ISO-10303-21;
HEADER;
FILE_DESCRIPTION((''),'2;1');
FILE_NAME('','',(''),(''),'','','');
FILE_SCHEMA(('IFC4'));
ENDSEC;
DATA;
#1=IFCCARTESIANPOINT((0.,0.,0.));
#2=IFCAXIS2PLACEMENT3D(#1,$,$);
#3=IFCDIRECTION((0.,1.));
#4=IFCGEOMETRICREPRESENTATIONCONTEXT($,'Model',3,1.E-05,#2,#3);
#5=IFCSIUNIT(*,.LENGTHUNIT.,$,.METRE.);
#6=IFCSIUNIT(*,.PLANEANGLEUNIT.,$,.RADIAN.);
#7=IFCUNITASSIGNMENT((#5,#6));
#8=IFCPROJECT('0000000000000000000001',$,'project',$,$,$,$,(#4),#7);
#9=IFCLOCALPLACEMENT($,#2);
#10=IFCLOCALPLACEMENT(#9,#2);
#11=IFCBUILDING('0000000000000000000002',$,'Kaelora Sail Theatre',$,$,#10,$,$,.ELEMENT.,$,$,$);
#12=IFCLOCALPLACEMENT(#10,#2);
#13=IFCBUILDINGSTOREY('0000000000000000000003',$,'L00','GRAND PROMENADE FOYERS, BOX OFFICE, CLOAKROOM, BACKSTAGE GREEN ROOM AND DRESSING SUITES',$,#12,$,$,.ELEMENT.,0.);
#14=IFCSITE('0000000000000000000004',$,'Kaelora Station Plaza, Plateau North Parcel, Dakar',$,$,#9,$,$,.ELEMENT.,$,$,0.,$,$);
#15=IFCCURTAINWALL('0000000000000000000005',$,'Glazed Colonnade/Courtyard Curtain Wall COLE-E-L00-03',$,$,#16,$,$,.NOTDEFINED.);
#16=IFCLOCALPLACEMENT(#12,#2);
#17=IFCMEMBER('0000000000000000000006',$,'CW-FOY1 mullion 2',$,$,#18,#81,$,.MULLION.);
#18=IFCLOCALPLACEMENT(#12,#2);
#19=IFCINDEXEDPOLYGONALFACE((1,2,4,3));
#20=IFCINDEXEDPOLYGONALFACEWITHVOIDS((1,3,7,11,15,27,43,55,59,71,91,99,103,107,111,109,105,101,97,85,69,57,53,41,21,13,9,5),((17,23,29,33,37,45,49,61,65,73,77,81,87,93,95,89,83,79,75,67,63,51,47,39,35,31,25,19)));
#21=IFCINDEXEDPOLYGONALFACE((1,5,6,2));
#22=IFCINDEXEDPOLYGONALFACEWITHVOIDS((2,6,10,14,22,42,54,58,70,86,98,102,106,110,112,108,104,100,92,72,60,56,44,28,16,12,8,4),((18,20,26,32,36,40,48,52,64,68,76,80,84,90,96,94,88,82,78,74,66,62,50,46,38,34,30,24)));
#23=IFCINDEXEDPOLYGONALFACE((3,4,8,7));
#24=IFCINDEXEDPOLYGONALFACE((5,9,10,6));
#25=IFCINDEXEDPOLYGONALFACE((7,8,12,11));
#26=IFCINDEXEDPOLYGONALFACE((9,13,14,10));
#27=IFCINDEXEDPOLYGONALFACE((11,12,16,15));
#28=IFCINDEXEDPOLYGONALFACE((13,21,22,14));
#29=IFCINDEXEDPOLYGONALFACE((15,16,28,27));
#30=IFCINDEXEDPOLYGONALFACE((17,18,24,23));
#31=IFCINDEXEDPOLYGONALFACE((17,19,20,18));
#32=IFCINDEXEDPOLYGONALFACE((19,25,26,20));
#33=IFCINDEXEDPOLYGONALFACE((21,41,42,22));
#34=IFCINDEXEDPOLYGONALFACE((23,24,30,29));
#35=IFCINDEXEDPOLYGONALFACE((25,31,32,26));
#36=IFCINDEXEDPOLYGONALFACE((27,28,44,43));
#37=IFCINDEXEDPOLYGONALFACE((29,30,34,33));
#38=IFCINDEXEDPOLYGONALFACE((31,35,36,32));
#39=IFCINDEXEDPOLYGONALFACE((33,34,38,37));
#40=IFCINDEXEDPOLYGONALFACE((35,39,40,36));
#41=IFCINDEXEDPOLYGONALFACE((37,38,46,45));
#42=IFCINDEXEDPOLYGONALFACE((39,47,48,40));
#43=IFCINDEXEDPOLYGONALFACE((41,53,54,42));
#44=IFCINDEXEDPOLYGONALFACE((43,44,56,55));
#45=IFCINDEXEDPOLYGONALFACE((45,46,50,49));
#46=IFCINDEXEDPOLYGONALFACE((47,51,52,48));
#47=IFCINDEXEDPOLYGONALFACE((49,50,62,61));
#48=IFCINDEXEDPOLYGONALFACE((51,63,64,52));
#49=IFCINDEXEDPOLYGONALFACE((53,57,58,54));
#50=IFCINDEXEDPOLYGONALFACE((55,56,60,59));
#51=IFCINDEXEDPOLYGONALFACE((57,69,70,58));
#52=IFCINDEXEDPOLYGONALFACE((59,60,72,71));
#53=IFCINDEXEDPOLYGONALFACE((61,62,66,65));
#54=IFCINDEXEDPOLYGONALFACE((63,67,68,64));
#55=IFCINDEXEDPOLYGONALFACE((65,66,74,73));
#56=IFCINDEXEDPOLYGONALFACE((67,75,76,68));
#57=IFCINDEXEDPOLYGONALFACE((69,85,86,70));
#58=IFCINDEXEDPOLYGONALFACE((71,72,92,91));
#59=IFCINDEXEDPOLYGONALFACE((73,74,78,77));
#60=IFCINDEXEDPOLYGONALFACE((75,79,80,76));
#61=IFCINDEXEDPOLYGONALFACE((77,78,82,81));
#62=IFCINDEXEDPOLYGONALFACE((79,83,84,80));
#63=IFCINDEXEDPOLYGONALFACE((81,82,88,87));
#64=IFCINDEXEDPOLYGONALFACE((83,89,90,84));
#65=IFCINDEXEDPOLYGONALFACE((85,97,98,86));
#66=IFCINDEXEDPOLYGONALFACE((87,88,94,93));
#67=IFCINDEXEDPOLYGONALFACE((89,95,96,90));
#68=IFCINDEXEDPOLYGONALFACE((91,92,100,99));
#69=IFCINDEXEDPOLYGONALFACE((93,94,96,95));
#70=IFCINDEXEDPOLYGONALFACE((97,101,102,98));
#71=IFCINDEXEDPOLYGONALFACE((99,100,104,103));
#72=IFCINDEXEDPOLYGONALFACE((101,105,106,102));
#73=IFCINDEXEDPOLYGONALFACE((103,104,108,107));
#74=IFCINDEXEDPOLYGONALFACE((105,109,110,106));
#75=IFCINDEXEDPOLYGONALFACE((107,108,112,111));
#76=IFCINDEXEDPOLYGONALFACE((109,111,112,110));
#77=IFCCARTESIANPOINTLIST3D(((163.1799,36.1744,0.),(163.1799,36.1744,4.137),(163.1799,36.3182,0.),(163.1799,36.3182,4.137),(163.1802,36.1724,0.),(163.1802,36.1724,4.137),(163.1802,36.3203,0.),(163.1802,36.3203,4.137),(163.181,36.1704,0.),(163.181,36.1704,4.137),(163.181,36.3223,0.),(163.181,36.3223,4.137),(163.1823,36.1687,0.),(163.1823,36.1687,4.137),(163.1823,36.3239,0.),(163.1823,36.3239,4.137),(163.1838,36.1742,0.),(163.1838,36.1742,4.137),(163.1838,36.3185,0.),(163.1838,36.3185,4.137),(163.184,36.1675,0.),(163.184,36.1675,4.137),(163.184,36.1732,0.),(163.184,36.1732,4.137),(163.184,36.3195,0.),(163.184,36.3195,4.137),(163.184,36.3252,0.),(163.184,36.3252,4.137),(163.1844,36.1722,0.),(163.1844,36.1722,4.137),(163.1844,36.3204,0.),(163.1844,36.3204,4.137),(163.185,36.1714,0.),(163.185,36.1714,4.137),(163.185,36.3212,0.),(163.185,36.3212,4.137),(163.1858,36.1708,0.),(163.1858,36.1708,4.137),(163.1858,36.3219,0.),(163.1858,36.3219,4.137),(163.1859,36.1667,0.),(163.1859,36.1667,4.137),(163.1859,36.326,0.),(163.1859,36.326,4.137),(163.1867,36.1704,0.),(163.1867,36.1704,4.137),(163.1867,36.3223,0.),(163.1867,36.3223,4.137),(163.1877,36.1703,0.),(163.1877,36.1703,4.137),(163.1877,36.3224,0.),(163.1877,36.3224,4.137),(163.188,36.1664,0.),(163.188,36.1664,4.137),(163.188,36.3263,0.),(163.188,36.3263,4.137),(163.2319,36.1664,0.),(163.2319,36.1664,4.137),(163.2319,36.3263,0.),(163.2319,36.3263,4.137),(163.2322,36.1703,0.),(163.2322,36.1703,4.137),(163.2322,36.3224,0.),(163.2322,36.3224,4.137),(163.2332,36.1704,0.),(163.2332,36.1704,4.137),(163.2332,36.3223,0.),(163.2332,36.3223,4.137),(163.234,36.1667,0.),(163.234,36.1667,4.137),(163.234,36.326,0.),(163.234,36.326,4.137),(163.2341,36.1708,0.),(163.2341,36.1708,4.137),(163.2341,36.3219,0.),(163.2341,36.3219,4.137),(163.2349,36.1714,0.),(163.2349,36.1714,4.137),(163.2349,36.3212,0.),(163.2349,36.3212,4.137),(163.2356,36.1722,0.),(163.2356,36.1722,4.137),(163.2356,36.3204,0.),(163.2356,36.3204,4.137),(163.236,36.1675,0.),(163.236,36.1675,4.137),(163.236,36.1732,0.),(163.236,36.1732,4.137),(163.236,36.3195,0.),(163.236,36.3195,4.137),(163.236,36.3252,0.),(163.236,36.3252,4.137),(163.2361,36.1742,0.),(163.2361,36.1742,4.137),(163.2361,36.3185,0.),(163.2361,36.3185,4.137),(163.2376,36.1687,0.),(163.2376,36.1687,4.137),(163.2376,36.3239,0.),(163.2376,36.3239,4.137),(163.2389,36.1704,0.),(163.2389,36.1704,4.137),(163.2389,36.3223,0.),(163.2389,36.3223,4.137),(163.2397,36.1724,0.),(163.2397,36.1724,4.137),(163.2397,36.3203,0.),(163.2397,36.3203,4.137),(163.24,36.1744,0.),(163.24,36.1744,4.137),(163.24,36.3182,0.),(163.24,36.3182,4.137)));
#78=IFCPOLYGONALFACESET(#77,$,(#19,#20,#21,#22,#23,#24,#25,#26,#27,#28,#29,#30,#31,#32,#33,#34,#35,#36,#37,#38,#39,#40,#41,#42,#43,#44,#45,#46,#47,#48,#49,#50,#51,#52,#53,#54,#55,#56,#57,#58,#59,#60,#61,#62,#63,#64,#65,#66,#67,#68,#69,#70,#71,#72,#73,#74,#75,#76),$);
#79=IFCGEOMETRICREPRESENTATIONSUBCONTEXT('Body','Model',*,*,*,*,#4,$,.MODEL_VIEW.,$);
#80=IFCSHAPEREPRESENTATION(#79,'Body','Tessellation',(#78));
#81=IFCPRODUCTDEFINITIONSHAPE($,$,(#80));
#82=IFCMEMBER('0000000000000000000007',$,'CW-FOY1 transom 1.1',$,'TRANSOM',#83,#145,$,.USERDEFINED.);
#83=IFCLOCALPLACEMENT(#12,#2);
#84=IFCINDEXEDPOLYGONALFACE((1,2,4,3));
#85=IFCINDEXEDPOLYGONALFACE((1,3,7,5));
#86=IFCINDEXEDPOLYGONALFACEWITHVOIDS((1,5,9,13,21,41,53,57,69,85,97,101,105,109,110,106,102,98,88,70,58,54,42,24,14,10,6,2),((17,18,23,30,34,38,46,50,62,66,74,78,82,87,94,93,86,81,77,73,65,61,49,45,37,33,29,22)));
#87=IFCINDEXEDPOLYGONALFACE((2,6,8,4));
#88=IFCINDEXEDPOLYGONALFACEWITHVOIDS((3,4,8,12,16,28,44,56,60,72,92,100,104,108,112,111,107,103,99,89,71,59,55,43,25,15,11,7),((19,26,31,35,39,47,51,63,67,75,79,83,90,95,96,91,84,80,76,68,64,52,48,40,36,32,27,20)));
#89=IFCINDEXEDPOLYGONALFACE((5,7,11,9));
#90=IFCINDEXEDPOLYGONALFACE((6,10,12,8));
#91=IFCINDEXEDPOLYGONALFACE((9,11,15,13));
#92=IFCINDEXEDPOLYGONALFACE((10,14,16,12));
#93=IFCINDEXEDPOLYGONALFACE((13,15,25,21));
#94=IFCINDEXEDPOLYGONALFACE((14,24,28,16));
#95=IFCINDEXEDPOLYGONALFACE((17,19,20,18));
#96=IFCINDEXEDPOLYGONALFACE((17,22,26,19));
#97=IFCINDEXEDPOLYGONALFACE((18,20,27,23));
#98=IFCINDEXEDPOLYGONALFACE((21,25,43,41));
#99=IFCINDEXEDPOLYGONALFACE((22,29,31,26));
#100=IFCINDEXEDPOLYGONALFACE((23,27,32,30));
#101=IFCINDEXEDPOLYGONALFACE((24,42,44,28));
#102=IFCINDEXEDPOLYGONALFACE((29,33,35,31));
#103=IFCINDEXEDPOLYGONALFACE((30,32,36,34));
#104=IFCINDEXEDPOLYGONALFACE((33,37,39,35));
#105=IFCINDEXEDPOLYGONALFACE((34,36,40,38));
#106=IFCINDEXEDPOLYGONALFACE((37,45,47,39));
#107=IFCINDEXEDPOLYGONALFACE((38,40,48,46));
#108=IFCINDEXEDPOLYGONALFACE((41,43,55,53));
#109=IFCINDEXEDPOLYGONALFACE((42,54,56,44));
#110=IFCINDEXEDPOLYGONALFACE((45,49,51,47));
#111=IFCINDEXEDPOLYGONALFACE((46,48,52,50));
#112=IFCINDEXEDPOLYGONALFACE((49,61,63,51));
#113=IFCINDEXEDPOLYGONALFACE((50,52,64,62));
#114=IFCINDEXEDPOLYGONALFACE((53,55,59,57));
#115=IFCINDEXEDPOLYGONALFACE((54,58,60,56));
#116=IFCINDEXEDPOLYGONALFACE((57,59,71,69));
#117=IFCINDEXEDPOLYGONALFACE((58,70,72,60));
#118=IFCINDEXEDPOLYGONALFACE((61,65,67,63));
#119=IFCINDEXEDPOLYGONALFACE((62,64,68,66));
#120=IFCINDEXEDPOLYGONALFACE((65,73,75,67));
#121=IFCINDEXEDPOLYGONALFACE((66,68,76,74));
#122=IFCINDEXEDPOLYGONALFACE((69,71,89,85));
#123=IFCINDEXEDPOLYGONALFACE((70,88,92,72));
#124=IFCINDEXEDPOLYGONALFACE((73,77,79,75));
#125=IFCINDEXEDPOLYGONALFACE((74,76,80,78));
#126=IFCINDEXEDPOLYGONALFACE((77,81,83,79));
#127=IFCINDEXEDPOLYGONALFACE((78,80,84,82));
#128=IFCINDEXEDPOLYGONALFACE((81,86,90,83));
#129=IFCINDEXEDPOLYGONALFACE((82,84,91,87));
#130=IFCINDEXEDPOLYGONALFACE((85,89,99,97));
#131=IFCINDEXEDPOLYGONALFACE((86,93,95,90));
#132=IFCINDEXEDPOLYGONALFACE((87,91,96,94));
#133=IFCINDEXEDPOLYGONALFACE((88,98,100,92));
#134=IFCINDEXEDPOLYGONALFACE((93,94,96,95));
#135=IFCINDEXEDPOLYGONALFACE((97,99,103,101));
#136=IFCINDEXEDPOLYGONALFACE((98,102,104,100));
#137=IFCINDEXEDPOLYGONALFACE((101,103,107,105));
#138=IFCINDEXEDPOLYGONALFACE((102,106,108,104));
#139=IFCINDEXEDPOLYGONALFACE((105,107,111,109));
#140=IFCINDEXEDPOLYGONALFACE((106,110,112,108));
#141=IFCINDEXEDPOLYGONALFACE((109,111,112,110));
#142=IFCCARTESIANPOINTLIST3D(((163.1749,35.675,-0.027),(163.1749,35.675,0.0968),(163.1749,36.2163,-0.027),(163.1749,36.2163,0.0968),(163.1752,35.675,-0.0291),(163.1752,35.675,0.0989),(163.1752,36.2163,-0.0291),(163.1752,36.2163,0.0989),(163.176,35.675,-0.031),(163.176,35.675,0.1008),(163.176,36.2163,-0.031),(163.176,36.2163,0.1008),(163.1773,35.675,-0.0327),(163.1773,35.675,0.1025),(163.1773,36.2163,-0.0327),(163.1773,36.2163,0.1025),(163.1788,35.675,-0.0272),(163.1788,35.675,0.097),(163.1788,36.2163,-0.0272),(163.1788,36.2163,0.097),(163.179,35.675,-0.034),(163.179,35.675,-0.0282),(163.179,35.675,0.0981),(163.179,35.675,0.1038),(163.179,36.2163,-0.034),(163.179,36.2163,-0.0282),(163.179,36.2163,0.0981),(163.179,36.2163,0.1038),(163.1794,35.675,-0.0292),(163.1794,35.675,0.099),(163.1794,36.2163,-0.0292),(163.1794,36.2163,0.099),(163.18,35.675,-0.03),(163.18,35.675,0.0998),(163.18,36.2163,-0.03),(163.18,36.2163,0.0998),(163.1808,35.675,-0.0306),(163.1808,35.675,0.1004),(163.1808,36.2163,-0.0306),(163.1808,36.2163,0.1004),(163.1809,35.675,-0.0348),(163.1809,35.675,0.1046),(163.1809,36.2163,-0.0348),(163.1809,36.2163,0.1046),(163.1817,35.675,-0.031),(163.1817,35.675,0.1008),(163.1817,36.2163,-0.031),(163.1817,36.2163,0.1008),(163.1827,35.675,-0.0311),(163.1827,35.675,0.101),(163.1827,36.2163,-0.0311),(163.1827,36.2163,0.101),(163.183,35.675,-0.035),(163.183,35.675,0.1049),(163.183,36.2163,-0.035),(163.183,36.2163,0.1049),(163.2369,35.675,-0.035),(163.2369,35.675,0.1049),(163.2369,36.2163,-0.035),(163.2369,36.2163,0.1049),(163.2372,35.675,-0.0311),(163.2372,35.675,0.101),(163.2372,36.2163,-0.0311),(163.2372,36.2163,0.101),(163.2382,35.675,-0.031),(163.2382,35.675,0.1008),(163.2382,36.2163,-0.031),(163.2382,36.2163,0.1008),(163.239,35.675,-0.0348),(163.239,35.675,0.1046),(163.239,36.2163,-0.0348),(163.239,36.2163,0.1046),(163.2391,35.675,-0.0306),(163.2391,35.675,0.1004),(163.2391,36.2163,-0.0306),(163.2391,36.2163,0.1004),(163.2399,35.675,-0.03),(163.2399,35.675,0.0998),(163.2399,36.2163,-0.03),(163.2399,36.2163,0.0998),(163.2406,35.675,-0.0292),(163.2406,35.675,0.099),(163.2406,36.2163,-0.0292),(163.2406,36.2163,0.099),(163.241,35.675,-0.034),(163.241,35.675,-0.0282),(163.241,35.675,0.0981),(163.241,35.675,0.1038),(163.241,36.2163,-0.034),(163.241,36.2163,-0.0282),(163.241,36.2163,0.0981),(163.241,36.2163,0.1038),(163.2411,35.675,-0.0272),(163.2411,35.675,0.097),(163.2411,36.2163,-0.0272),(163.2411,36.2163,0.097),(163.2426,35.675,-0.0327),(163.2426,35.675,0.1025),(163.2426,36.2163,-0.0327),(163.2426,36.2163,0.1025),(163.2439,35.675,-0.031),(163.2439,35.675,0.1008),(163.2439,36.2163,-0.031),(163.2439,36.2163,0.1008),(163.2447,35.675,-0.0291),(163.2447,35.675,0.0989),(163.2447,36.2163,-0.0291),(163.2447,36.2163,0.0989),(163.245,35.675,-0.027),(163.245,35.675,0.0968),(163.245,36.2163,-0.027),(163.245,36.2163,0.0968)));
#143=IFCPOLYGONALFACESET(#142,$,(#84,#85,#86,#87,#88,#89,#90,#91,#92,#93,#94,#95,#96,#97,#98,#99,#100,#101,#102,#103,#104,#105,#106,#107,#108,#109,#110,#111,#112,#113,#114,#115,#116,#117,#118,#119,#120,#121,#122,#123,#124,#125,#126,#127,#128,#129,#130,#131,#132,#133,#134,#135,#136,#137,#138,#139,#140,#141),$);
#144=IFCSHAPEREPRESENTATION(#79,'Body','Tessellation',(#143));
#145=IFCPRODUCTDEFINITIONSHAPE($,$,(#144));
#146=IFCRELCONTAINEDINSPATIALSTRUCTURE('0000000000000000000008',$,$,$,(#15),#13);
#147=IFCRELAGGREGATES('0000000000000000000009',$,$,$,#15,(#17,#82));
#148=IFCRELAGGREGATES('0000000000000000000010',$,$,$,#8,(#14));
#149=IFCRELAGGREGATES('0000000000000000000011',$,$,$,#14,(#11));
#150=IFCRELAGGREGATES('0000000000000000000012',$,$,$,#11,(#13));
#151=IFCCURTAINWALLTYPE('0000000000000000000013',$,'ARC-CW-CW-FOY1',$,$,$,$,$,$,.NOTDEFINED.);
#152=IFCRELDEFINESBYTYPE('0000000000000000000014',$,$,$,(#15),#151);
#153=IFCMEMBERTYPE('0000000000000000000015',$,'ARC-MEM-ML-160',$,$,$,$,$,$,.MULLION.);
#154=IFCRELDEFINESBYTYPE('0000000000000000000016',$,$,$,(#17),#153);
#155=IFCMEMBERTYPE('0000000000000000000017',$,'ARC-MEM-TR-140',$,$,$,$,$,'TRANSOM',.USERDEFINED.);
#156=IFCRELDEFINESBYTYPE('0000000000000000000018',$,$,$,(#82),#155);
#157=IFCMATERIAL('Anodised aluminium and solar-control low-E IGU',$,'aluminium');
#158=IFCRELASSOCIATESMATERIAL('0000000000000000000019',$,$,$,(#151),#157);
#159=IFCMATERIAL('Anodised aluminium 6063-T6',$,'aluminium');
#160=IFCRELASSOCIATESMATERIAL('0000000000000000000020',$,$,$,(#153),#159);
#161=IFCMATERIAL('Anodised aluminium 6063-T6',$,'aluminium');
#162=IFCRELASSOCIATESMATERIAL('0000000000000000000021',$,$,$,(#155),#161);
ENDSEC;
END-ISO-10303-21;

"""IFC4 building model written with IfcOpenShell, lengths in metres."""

from ifc_helpers import new_model, si_unit, direction, frame, origin, origin_2d, place, context, subcontext, project, spatial, hollow_rectangle, extrude, material, material_profile, profile_set, type_object, element, aggregate, save


model = new_model("IFC4")

# Units and contexts
model_context = context("Model", 3, precision=1e-05, world=origin(), true_north=direction((0.0, 1.0)))
body_context = subcontext(model_context, "Body", "Model", "MODEL_VIEW")
ifc_project = project(units=[si_unit("LENGTHUNIT", "METRE"), si_unit("PLANEANGLEUNIT", "RADIAN")], contexts=[model_context])

# Site, building, storey
site_placement = place(None, origin())
site = spatial("IfcSite", under=ifc_project, at=site_placement, Name="Kaelora Station Plaza, Plateau North Parcel, Dakar", CompositionType="ELEMENT", RefElevation=0.0)
building_placement = place(site_placement, origin())
building = spatial("IfcBuilding", under=site, at=building_placement, Name="Kaelora Sail Theatre", CompositionType="ELEMENT")
storey_placement = place(building_placement, origin())
storey = spatial("IfcBuildingStorey", under=building, at=storey_placement, Name="L00", Description="GRAND PROMENADE FOYERS, BOX OFFICE, CLOAKROOM, BACKSTAGE GREEN ROOM AND DRESSING SUITES", CompositionType="ELEMENT", Elevation=0.0)

# Shared definitions
ifc_material_1 = material(Name="Anodised aluminium and solar-control low-E IGU", Category="aluminium")
curtain_wall_type = type_object("IfcCurtainWallType", Name="ARC-CW-CW-FOY1", PredefinedType="NOTDEFINED", material=ifc_material_1)
ifc_material_2 = material(Name="Anodised aluminium 6063-T6", Category="aluminium")
ifc_material_profile_1 = material_profile(ifc_material_2, hollow_rectangle(XDim=0.0601, YDim=0.1599, WallThickness=0.0039, InnerFilletRadius=0.0039, OuterFilletRadius=0.0081, at=origin_2d()), Name="ALU-MULL 60x160x4")
ifc_profile_set_1 = profile_set([ifc_material_profile_1], Name="Anodised aluminium 6063-T6")
member_type_1 = type_object("IfcMemberType", Name="ARC-MEM-ML-160", PredefinedType="MULLION", material=ifc_profile_set_1)

# Curtain wall, members
curtain_wall_1_placement = place(storey_placement, origin())
curtain_wall_1 = element("IfcCurtainWall", 1, at=curtain_wall_1_placement, inside=storey, type_object=curtain_wall_type, Name="Glazed Colonnade/Courtyard Curtain Wall COLE-E-L00-03", PredefinedType="NOTDEFINED")
member_1_placement = place(storey_placement, frame((163.21, 36.2463, 0.0), z_axis=(0.0, 0.0, 1.0), x_axis=(-1.0, 0.0, 0.0)))
member_1 = element("IfcMember", 2, at=member_1_placement, type_object=member_type_1, Name="CW-FOY1 mullion 2", PredefinedType="MULLION", context=body_context, shape_type="SweptSolid", body=[
    extrude(hollow_rectangle(XDim=0.0601, YDim=0.1599, WallThickness=0.0039, InnerFilletRadius=0.0039, OuterFilletRadius=0.0081, at=origin_2d()), origin(), (0.0, 0.0, 1.0), 4.137),
])
ifc_material_3 = material(Name="Anodised aluminium 6063-T6", Category="aluminium")
ifc_material_profile_2 = material_profile(ifc_material_3, hollow_rectangle(XDim=0.0701, YDim=0.1399, WallThickness=0.0039, InnerFilletRadius=0.0039, OuterFilletRadius=0.0081, at=origin_2d()), Name="ALU-TRAN 70x140x4")
ifc_profile_set_2 = profile_set([ifc_material_profile_2], Name="Anodised aluminium 6063-T6")
member_type_2 = type_object("IfcMemberType", Name="ARC-MEM-TR-140", ElementType="TRANSOM", PredefinedType="USERDEFINED", material=ifc_profile_set_2)
member_2_placement = place(storey_placement, frame((163.21, 35.675, 0.0349), z_axis=(0.0, 1.0, 0.0), x_axis=(-1.0, 0.0, 0.0)))
member_2 = element("IfcMember", 3, at=member_2_placement, type_object=member_type_2, Name="CW-FOY1 transom 1.1", ObjectType="TRANSOM", PredefinedType="USERDEFINED", context=body_context, shape_type="SweptSolid", body=[
    extrude(hollow_rectangle(XDim=0.0701, YDim=0.1399, WallThickness=0.0039, InnerFilletRadius=0.0039, OuterFilletRadius=0.0081, at=origin_2d()), origin(), (0.0, 0.0, 1.0), 0.5413),
])
aggregate(curtain_wall_1, [member_1, member_2])

save(model, "model.ifc")
